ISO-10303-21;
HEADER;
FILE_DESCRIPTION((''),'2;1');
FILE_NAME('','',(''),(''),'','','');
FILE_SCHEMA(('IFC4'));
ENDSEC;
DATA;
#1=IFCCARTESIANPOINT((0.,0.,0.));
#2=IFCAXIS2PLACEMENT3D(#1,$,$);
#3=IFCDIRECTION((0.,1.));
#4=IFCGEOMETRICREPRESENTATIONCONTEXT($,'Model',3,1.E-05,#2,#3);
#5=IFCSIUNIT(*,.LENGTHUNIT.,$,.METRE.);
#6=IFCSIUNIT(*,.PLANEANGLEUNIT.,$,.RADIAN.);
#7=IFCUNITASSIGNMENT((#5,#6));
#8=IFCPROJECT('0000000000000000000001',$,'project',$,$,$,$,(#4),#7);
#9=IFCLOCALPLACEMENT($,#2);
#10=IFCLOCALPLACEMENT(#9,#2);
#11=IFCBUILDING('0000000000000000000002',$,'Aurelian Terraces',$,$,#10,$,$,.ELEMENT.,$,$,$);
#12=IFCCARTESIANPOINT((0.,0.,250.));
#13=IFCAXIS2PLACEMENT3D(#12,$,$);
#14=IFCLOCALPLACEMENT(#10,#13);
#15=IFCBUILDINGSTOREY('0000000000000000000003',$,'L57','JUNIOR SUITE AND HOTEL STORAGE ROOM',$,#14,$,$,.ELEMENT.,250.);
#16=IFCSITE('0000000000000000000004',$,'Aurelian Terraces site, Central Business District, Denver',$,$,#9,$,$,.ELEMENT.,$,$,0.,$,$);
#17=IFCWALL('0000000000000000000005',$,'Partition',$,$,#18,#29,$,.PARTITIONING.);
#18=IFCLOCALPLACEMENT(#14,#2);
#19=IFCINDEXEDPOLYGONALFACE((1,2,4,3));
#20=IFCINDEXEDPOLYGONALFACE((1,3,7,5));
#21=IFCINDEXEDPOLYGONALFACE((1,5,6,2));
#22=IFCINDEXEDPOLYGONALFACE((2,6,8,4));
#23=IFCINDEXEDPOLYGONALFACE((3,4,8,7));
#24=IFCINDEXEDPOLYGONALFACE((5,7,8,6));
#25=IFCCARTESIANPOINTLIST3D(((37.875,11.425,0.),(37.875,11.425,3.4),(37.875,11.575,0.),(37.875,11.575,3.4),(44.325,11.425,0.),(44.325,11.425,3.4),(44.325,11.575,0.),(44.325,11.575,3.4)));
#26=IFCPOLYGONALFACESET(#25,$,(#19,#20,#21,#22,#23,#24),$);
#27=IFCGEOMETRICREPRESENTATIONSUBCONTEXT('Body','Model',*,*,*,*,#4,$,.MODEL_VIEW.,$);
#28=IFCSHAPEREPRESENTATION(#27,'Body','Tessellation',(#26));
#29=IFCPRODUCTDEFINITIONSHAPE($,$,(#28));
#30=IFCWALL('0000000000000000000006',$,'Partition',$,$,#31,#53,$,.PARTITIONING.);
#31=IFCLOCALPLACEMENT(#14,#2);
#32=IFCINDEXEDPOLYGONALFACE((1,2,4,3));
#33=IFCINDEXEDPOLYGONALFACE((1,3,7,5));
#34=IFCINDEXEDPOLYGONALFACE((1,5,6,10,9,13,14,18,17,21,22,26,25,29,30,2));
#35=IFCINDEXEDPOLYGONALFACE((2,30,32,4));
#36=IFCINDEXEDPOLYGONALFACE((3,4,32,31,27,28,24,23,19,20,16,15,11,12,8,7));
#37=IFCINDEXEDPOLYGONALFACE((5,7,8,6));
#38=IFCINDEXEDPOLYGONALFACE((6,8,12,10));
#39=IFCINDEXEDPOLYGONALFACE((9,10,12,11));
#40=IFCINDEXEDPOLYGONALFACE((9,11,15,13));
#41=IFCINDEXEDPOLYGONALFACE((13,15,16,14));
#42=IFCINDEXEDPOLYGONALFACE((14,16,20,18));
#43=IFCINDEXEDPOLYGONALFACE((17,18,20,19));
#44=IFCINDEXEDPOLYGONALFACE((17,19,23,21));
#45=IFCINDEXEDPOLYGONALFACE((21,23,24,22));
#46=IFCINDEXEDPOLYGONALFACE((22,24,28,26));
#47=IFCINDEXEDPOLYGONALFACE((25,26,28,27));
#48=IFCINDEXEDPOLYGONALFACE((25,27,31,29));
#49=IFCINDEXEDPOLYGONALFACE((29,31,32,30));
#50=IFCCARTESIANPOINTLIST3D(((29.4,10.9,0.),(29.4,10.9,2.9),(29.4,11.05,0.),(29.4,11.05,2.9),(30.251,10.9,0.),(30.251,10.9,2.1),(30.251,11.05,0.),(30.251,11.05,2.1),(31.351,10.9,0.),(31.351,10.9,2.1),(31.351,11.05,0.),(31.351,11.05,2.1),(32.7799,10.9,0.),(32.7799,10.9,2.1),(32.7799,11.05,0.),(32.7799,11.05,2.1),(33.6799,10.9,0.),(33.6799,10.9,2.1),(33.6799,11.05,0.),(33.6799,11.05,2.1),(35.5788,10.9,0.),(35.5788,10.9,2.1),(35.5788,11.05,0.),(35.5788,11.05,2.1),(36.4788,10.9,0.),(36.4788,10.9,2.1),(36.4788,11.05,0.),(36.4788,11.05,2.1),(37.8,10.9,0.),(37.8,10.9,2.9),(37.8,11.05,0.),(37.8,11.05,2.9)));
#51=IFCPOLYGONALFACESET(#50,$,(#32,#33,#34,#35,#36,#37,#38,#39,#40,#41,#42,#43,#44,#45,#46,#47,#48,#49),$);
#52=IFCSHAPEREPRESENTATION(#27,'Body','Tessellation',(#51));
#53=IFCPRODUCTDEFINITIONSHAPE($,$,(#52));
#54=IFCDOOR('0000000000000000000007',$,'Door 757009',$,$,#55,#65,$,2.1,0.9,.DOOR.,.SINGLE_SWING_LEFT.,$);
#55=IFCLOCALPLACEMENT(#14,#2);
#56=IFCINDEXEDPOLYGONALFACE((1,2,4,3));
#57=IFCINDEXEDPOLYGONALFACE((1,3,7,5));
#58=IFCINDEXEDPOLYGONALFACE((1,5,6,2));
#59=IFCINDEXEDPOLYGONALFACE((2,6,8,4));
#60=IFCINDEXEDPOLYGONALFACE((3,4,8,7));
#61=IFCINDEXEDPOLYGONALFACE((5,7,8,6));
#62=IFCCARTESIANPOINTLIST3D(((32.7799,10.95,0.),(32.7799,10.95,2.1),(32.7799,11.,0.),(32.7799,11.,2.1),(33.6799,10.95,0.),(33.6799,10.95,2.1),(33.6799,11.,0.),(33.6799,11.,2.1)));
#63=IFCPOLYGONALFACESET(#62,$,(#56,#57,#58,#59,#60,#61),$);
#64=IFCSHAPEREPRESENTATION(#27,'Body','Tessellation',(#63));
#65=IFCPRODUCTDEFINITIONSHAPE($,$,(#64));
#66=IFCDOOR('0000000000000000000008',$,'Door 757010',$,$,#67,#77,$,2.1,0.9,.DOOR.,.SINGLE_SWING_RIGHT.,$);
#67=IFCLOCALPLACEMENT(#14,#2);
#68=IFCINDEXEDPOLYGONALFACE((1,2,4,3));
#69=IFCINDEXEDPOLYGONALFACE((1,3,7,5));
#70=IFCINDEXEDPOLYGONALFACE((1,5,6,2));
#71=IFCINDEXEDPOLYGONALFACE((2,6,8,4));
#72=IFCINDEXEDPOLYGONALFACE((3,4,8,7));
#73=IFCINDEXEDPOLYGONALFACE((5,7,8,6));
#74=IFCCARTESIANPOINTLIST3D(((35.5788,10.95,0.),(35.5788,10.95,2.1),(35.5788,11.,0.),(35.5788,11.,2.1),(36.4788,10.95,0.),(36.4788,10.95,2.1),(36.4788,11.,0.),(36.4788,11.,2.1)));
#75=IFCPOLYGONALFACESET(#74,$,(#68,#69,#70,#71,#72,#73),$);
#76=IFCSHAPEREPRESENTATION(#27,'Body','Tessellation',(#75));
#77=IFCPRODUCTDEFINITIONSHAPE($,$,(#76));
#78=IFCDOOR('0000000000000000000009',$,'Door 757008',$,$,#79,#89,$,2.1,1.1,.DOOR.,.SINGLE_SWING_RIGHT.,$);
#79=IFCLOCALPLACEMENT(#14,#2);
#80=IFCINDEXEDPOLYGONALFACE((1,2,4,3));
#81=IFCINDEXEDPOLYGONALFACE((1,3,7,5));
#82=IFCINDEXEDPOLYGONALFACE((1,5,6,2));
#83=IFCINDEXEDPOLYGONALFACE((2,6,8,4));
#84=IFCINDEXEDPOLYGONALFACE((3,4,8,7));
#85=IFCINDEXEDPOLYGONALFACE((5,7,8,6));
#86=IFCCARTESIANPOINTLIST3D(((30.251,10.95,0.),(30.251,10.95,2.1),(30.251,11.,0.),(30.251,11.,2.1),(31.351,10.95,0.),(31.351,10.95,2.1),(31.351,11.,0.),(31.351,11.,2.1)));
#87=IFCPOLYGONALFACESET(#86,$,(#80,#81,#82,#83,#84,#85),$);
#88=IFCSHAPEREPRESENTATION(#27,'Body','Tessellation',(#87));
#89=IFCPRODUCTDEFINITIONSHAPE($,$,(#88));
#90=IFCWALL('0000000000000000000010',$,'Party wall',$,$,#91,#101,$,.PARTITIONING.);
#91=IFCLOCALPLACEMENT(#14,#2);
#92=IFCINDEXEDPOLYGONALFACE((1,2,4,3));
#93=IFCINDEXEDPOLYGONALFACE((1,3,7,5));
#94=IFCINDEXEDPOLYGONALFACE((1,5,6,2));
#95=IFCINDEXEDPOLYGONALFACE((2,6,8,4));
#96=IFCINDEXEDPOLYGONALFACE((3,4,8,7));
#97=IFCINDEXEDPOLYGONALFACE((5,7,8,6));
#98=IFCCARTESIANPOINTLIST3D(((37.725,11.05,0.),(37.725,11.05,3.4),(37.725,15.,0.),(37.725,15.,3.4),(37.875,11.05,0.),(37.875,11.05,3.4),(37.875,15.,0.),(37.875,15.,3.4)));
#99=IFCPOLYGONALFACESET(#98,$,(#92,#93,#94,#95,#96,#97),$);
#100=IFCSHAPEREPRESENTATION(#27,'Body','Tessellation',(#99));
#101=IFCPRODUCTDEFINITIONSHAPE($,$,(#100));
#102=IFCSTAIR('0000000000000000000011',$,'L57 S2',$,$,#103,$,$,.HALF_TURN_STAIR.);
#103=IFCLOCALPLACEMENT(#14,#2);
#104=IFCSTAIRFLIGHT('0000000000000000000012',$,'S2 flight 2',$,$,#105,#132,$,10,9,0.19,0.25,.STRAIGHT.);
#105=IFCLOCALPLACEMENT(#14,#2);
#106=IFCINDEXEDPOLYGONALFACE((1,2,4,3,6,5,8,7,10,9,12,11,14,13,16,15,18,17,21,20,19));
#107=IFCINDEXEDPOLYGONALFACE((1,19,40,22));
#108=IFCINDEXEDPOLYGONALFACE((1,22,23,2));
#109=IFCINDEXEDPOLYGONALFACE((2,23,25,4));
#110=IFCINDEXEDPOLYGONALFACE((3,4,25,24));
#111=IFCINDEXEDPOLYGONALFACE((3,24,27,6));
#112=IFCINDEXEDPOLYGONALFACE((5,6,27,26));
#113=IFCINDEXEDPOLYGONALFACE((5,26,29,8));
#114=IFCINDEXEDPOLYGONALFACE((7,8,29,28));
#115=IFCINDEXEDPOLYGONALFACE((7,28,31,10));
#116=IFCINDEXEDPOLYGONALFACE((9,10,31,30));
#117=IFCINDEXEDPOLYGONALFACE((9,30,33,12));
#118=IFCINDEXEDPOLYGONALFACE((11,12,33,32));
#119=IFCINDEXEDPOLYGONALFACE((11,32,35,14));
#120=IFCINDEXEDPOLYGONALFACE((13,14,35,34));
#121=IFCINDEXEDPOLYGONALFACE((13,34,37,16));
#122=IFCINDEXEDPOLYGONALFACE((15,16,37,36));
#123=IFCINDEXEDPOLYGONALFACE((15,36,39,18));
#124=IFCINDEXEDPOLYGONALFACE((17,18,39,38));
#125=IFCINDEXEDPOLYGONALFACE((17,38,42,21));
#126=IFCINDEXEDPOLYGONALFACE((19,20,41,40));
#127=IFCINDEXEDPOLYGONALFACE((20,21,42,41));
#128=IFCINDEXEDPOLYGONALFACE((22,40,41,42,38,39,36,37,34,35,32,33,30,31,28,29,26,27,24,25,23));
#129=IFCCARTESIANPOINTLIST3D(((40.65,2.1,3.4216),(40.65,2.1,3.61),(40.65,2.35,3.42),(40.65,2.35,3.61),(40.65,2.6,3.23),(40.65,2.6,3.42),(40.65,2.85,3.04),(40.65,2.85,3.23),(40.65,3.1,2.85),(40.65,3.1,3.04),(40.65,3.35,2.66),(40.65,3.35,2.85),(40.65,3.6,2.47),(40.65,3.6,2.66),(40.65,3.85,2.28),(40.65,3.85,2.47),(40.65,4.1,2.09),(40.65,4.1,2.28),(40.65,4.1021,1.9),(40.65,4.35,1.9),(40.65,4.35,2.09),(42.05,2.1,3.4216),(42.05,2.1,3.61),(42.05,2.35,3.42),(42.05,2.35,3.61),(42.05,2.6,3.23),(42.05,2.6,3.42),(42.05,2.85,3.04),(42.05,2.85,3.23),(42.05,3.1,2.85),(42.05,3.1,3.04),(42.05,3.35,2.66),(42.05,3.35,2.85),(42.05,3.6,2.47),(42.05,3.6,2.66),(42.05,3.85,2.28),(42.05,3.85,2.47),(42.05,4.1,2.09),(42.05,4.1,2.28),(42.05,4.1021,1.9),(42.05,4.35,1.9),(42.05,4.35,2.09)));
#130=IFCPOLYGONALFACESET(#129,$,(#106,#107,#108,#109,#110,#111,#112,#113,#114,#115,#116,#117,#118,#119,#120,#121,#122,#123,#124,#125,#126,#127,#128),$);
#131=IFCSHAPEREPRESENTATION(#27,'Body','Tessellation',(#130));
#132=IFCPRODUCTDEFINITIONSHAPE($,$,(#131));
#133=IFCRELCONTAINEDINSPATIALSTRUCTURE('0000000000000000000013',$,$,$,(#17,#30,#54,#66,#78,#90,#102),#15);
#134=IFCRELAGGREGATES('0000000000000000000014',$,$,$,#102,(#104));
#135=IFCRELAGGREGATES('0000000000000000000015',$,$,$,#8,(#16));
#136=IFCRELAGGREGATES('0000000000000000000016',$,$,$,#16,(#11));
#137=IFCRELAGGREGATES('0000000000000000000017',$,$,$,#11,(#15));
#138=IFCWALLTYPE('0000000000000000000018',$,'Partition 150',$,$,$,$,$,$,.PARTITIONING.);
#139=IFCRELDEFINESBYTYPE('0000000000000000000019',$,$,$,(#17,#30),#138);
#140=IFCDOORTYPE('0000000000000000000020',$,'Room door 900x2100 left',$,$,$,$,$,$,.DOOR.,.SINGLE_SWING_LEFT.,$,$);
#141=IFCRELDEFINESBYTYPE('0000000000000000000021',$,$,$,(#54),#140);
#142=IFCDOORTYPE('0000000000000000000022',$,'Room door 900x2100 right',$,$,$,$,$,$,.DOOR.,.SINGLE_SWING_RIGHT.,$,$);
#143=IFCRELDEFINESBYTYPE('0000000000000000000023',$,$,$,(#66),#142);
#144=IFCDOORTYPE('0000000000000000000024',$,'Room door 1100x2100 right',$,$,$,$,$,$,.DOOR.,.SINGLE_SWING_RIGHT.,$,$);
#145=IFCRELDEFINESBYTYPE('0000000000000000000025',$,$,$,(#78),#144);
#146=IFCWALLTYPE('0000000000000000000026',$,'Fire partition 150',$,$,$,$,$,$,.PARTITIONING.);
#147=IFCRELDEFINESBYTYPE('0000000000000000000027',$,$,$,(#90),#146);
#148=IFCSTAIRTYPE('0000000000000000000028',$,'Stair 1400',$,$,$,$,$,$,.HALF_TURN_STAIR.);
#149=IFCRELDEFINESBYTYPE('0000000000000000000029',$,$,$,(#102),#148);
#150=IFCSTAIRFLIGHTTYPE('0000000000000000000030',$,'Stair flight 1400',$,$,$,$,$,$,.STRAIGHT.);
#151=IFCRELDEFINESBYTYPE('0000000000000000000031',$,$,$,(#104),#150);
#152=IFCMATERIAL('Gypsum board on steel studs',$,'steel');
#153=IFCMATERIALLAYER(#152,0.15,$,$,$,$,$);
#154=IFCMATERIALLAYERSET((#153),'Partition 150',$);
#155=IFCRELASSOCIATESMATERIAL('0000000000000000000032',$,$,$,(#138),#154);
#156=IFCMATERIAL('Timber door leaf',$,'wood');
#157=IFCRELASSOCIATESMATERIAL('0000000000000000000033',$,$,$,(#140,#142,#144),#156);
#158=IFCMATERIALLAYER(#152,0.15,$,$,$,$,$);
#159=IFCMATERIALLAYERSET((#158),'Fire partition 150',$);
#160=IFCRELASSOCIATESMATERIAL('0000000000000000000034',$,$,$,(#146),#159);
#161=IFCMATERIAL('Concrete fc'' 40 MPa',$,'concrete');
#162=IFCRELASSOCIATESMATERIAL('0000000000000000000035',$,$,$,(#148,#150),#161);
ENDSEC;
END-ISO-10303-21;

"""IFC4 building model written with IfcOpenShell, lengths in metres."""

from ifc_helpers import new_model, si_unit, direction, frame, frame_2d, origin, place, context, subcontext, project, spatial, polyline, rectangle, outline, extrude, source, transform, mapped, material, layer, layer_set, type_object, element, fill, aggregate, save


model = new_model("IFC4")

# Units and contexts
model_context = context("Model", 3, precision=1e-05, world=origin(), true_north=direction((0.0, 1.0)))
body_context = subcontext(model_context, "Body", "Model", "MODEL_VIEW")
ifc_project = project(units=[si_unit("LENGTHUNIT", "METRE"), si_unit("PLANEANGLEUNIT", "RADIAN")], contexts=[model_context])

# Site, building, storey
site_placement = place(None, origin())
site = spatial("IfcSite", under=ifc_project, at=site_placement, Name="Aurelian Terraces site, Central Business District, Denver", CompositionType="ELEMENT", RefElevation=0.0)
building_placement = place(site_placement, origin())
building = spatial("IfcBuilding", under=site, at=building_placement, Name="Aurelian Terraces", CompositionType="ELEMENT")
storey_placement = place(building_placement, frame((0.0, 0.0, 250.0)))
storey = spatial("IfcBuildingStorey", under=building, at=storey_placement, Name="L57", Description="JUNIOR SUITE AND HOTEL STORAGE ROOM", CompositionType="ELEMENT", Elevation=250.0)

# Shared definitions
ifc_material_1 = material(Name="Concrete fc' 40 MPa", Category="concrete")

# Shared definitions
shared_shape_1 = source(origin(), body_context, "Body", "SweptSolid", [
    extrude(rectangle(XDim=1.1, YDim=2.1, at=frame_2d((0.55, 1.05))), frame((0.0, 0.025, 0.0), z_axis=(0.0, -1.0, 0.0), x_axis=(1.0, 0.0, 0.0)), (0.0, 0.0, 1.0), 0.05),
])

# Shared definitions
ifc_material_2 = material(Name="Gypsum board on steel studs", Category="steel")
shared_shape_2 = source(origin(), body_context, "Body", "SweptSolid", [
    extrude(rectangle(XDim=0.9, YDim=2.1, at=frame_2d((0.45, 1.05))), frame((0.0, 0.025, 0.0), z_axis=(0.0, -1.0, 0.0), x_axis=(1.0, 0.0, 0.0)), (0.0, 0.0, 1.0), 0.05),
])

# Wall
ifc_layer_1 = layer(ifc_material_2, 0.15)
ifc_layer_set_1 = layer_set([ifc_layer_1], Name="Partition 150")
wall_type_1 = type_object("IfcWallType", Name="Partition 150", PredefinedType="PARTITIONING", material=ifc_layer_set_1)
shared_shape_3 = source(origin(), body_context, "Body", "SweptSolid", [
    extrude(rectangle(XDim=6.45, YDim=0.15, at=frame_2d((3.225, 0.0))), origin(), (0.0, 0.0, 1.0), 3.4),
])
wall_1_placement = place(storey_placement, frame((37.875, 11.5, 0.0), z_axis=(0.0, 0.0, 1.0), x_axis=(1.0, 0.0, 0.0)))
element("IfcWall", 1, at=wall_1_placement, inside=storey, type_object=wall_type_1, Name="Partition", PredefinedType="PARTITIONING", context=body_context, shape_type="MappedRepresentation", body=[
    mapped(shared_shape_3, transform((0.0, 0.0, 0.0), scale=1.0)),
])

# Wall, openings, doors
shared_shape_4 = source(origin(), body_context, "Body", "SweptSolid", [
    extrude(rectangle(XDim=8.4, YDim=0.15, at=frame_2d((4.2, 0.0))), origin(), (0.0, 0.0, 1.0), 2.9),
])
wall_2_placement = place(storey_placement, frame((37.8, 10.975, 0.0), z_axis=(0.0, 0.0, 1.0), x_axis=(-1.0, 0.0, 0.0)))
wall_2 = element("IfcWall", 2, at=wall_2_placement, inside=storey, type_object=wall_type_1, Name="Partition", PredefinedType="PARTITIONING", context=body_context, shape_type="MappedRepresentation", body=[
    mapped(shared_shape_4, transform((0.0, 0.0, 0.0), scale=1.0)),
])
shared_shape_5 = source(origin(), body_context, "Body", "SweptSolid", [
    extrude(rectangle(XDim=1.1, YDim=2.1, at=frame_2d((0.55, 1.05))), frame((0.0, 0.085, 0.0), z_axis=(0.0, -1.0, 0.0), x_axis=(1.0, 0.0, 0.0)), (0.0, 0.0, 1.0), 0.17),
])
opening_1_placement = place(wall_2_placement, frame((6.449, 0.0, 0.0)))
opening_1 = element("IfcOpeningElement", 3, at=opening_1_placement, cuts=wall_2, PredefinedType="OPENING", context=body_context, shape_type="MappedRepresentation", body=[
    mapped(shared_shape_5, transform((0.0, 0.0, 0.0), scale=1.0)),
])
shared_shape_6 = source(origin(), body_context, "Body", "SweptSolid", [
    extrude(rectangle(XDim=0.9, YDim=2.1, at=frame_2d((0.45, 1.05))), frame((0.0, 0.085, 0.0), z_axis=(0.0, -1.0, 0.0), x_axis=(1.0, 0.0, 0.0)), (0.0, 0.0, 1.0), 0.17),
])
opening_2_placement = place(wall_2_placement, frame((4.1201, 0.0, 0.0)))
opening_2 = element("IfcOpeningElement", 4, at=opening_2_placement, cuts=wall_2, PredefinedType="OPENING", context=body_context, shape_type="MappedRepresentation", body=[
    mapped(shared_shape_6, transform((0.0, 0.0, 0.0), scale=1.0)),
])
opening_3_placement = place(wall_2_placement, frame((1.3212, 0.0, 0.0)))
opening_3 = element("IfcOpeningElement", 5, at=opening_3_placement, cuts=wall_2, PredefinedType="OPENING", context=body_context, shape_type="MappedRepresentation", body=[
    mapped(shared_shape_6, transform((0.0, 0.0, 0.0), scale=1.0)),
])
ifc_material_3 = material(Name="Timber door leaf", Category="wood")
door_type_1 = type_object("IfcDoorType", Name="Room door 900x2100 left", OperationType="SINGLE_SWING_LEFT", PredefinedType="DOOR", material=ifc_material_3)
door_1_placement = place(opening_2_placement, origin())
door_1 = element("IfcDoor", 6, at=door_1_placement, inside=storey, type_object=door_type_1, Name="Door 757009", OperationType="SINGLE_SWING_LEFT", OverallHeight=2.1, OverallWidth=0.9, PredefinedType="DOOR", context=body_context, shape_type="MappedRepresentation", body=[
    mapped(shared_shape_2, transform((0.0, 0.0, 0.0), scale=1.0)),
])
fill(opening_2, door_1)
door_type_2 = type_object("IfcDoorType", Name="Room door 900x2100 right", OperationType="SINGLE_SWING_RIGHT", PredefinedType="DOOR", material=ifc_material_3)
door_2_placement = place(opening_3_placement, origin())
door_2 = element("IfcDoor", 7, at=door_2_placement, inside=storey, type_object=door_type_2, Name="Door 757010", OperationType="SINGLE_SWING_RIGHT", OverallHeight=2.1, OverallWidth=0.9, PredefinedType="DOOR", context=body_context, shape_type="MappedRepresentation", body=[
    mapped(shared_shape_2, transform((0.0, 0.0, 0.0), scale=1.0)),
])
fill(opening_3, door_2)
door_type_3 = type_object("IfcDoorType", Name="Room door 1100x2100 right", OperationType="SINGLE_SWING_RIGHT", PredefinedType="DOOR", material=ifc_material_3)
door_3_placement = place(opening_1_placement, origin())
door_3 = element("IfcDoor", 8, at=door_3_placement, inside=storey, type_object=door_type_3, Name="Door 757008", OperationType="SINGLE_SWING_RIGHT", OverallHeight=2.1, OverallWidth=1.1, PredefinedType="DOOR", context=body_context, shape_type="MappedRepresentation", body=[
    mapped(shared_shape_1, transform((0.0, 0.0, 0.0), scale=1.0)),
])
fill(opening_1, door_3)

# Wall
ifc_layer_2 = layer(ifc_material_2, 0.15)
ifc_layer_set_2 = layer_set([ifc_layer_2], Name="Fire partition 150")
wall_type_2 = type_object("IfcWallType", Name="Fire partition 150", PredefinedType="PARTITIONING", material=ifc_layer_set_2)
shared_shape_7 = source(origin(), body_context, "Body", "SweptSolid", [
    extrude(rectangle(XDim=3.95, YDim=0.15, at=frame_2d((1.975, 0.0))), origin(), (0.0, 0.0, 1.0), 3.4),
])
wall_3_placement = place(storey_placement, frame((37.8, 11.05, 0.0), z_axis=(0.0, 0.0, 1.0), x_axis=(0.0, 1.0, 0.0)))
element("IfcWall", 9, at=wall_3_placement, inside=storey, type_object=wall_type_2, Name="Party wall", PredefinedType="PARTITIONING", context=body_context, shape_type="MappedRepresentation", body=[
    mapped(shared_shape_7, transform((0.0, 0.0, 0.0), scale=1.0)),
])

# Stair, stair flight
stair_type = type_object("IfcStairType", Name="Stair 1400", PredefinedType="HALF_TURN_STAIR", material=ifc_material_1)
stair_placement = place(storey_placement, origin())
stair = element("IfcStair", 10, at=stair_placement, inside=storey, type_object=stair_type, Name="L57 S2", PredefinedType="HALF_TURN_STAIR")
stair_flight_type = type_object("IfcStairFlightType", Name="Stair flight 1400", PredefinedType="STRAIGHT", material=ifc_material_1)
shared_shape_8 = source(origin(), body_context, "Body", "SweptSolid", [
    extrude(outline(polyline([(0.0, 0.0), (0.0, 0.19), (0.25, 0.19), (0.25, 0.38), (0.5, 0.38), (0.5, 0.57), (0.75, 0.57), (0.75, 0.76), (1.0, 0.76), (1.0, 0.95), (1.25, 0.95), (1.25, 1.14), (1.5, 1.14), (1.5, 1.33), (1.75, 1.33), (1.75, 1.52), (2.0, 1.52), (2.0, 1.71), (2.25, 1.71), (2.25, 1.9), (2.25, 1.5216), (0.2479, 0.0), (0.0, 0.0)])), frame((0.0, 0.7, 0.0), z_axis=(0.0, -1.0, 0.0), x_axis=(1.0, 0.0, 0.0)), (0.0, 0.0, 1.0), 1.4),
])
stair_flight_placement = place(storey_placement, frame((41.35, 4.35, 1.9), z_axis=(0.0, 0.0, 1.0), x_axis=(0.0, -1.0, 0.0)))
stair_flight = element("IfcStairFlight", 11, at=stair_flight_placement, type_object=stair_flight_type, Name="S2 flight 2", NumberOfRisers=10, NumberOfTreads=9, PredefinedType="STRAIGHT", RiserHeight=0.19, TreadLength=0.25, context=body_context, shape_type="MappedRepresentation", body=[
    mapped(shared_shape_8, transform((0.0, 0.0, 0.0), scale=1.0)),
])
aggregate(stair, [stair_flight])

save(model, "model.ifc")
